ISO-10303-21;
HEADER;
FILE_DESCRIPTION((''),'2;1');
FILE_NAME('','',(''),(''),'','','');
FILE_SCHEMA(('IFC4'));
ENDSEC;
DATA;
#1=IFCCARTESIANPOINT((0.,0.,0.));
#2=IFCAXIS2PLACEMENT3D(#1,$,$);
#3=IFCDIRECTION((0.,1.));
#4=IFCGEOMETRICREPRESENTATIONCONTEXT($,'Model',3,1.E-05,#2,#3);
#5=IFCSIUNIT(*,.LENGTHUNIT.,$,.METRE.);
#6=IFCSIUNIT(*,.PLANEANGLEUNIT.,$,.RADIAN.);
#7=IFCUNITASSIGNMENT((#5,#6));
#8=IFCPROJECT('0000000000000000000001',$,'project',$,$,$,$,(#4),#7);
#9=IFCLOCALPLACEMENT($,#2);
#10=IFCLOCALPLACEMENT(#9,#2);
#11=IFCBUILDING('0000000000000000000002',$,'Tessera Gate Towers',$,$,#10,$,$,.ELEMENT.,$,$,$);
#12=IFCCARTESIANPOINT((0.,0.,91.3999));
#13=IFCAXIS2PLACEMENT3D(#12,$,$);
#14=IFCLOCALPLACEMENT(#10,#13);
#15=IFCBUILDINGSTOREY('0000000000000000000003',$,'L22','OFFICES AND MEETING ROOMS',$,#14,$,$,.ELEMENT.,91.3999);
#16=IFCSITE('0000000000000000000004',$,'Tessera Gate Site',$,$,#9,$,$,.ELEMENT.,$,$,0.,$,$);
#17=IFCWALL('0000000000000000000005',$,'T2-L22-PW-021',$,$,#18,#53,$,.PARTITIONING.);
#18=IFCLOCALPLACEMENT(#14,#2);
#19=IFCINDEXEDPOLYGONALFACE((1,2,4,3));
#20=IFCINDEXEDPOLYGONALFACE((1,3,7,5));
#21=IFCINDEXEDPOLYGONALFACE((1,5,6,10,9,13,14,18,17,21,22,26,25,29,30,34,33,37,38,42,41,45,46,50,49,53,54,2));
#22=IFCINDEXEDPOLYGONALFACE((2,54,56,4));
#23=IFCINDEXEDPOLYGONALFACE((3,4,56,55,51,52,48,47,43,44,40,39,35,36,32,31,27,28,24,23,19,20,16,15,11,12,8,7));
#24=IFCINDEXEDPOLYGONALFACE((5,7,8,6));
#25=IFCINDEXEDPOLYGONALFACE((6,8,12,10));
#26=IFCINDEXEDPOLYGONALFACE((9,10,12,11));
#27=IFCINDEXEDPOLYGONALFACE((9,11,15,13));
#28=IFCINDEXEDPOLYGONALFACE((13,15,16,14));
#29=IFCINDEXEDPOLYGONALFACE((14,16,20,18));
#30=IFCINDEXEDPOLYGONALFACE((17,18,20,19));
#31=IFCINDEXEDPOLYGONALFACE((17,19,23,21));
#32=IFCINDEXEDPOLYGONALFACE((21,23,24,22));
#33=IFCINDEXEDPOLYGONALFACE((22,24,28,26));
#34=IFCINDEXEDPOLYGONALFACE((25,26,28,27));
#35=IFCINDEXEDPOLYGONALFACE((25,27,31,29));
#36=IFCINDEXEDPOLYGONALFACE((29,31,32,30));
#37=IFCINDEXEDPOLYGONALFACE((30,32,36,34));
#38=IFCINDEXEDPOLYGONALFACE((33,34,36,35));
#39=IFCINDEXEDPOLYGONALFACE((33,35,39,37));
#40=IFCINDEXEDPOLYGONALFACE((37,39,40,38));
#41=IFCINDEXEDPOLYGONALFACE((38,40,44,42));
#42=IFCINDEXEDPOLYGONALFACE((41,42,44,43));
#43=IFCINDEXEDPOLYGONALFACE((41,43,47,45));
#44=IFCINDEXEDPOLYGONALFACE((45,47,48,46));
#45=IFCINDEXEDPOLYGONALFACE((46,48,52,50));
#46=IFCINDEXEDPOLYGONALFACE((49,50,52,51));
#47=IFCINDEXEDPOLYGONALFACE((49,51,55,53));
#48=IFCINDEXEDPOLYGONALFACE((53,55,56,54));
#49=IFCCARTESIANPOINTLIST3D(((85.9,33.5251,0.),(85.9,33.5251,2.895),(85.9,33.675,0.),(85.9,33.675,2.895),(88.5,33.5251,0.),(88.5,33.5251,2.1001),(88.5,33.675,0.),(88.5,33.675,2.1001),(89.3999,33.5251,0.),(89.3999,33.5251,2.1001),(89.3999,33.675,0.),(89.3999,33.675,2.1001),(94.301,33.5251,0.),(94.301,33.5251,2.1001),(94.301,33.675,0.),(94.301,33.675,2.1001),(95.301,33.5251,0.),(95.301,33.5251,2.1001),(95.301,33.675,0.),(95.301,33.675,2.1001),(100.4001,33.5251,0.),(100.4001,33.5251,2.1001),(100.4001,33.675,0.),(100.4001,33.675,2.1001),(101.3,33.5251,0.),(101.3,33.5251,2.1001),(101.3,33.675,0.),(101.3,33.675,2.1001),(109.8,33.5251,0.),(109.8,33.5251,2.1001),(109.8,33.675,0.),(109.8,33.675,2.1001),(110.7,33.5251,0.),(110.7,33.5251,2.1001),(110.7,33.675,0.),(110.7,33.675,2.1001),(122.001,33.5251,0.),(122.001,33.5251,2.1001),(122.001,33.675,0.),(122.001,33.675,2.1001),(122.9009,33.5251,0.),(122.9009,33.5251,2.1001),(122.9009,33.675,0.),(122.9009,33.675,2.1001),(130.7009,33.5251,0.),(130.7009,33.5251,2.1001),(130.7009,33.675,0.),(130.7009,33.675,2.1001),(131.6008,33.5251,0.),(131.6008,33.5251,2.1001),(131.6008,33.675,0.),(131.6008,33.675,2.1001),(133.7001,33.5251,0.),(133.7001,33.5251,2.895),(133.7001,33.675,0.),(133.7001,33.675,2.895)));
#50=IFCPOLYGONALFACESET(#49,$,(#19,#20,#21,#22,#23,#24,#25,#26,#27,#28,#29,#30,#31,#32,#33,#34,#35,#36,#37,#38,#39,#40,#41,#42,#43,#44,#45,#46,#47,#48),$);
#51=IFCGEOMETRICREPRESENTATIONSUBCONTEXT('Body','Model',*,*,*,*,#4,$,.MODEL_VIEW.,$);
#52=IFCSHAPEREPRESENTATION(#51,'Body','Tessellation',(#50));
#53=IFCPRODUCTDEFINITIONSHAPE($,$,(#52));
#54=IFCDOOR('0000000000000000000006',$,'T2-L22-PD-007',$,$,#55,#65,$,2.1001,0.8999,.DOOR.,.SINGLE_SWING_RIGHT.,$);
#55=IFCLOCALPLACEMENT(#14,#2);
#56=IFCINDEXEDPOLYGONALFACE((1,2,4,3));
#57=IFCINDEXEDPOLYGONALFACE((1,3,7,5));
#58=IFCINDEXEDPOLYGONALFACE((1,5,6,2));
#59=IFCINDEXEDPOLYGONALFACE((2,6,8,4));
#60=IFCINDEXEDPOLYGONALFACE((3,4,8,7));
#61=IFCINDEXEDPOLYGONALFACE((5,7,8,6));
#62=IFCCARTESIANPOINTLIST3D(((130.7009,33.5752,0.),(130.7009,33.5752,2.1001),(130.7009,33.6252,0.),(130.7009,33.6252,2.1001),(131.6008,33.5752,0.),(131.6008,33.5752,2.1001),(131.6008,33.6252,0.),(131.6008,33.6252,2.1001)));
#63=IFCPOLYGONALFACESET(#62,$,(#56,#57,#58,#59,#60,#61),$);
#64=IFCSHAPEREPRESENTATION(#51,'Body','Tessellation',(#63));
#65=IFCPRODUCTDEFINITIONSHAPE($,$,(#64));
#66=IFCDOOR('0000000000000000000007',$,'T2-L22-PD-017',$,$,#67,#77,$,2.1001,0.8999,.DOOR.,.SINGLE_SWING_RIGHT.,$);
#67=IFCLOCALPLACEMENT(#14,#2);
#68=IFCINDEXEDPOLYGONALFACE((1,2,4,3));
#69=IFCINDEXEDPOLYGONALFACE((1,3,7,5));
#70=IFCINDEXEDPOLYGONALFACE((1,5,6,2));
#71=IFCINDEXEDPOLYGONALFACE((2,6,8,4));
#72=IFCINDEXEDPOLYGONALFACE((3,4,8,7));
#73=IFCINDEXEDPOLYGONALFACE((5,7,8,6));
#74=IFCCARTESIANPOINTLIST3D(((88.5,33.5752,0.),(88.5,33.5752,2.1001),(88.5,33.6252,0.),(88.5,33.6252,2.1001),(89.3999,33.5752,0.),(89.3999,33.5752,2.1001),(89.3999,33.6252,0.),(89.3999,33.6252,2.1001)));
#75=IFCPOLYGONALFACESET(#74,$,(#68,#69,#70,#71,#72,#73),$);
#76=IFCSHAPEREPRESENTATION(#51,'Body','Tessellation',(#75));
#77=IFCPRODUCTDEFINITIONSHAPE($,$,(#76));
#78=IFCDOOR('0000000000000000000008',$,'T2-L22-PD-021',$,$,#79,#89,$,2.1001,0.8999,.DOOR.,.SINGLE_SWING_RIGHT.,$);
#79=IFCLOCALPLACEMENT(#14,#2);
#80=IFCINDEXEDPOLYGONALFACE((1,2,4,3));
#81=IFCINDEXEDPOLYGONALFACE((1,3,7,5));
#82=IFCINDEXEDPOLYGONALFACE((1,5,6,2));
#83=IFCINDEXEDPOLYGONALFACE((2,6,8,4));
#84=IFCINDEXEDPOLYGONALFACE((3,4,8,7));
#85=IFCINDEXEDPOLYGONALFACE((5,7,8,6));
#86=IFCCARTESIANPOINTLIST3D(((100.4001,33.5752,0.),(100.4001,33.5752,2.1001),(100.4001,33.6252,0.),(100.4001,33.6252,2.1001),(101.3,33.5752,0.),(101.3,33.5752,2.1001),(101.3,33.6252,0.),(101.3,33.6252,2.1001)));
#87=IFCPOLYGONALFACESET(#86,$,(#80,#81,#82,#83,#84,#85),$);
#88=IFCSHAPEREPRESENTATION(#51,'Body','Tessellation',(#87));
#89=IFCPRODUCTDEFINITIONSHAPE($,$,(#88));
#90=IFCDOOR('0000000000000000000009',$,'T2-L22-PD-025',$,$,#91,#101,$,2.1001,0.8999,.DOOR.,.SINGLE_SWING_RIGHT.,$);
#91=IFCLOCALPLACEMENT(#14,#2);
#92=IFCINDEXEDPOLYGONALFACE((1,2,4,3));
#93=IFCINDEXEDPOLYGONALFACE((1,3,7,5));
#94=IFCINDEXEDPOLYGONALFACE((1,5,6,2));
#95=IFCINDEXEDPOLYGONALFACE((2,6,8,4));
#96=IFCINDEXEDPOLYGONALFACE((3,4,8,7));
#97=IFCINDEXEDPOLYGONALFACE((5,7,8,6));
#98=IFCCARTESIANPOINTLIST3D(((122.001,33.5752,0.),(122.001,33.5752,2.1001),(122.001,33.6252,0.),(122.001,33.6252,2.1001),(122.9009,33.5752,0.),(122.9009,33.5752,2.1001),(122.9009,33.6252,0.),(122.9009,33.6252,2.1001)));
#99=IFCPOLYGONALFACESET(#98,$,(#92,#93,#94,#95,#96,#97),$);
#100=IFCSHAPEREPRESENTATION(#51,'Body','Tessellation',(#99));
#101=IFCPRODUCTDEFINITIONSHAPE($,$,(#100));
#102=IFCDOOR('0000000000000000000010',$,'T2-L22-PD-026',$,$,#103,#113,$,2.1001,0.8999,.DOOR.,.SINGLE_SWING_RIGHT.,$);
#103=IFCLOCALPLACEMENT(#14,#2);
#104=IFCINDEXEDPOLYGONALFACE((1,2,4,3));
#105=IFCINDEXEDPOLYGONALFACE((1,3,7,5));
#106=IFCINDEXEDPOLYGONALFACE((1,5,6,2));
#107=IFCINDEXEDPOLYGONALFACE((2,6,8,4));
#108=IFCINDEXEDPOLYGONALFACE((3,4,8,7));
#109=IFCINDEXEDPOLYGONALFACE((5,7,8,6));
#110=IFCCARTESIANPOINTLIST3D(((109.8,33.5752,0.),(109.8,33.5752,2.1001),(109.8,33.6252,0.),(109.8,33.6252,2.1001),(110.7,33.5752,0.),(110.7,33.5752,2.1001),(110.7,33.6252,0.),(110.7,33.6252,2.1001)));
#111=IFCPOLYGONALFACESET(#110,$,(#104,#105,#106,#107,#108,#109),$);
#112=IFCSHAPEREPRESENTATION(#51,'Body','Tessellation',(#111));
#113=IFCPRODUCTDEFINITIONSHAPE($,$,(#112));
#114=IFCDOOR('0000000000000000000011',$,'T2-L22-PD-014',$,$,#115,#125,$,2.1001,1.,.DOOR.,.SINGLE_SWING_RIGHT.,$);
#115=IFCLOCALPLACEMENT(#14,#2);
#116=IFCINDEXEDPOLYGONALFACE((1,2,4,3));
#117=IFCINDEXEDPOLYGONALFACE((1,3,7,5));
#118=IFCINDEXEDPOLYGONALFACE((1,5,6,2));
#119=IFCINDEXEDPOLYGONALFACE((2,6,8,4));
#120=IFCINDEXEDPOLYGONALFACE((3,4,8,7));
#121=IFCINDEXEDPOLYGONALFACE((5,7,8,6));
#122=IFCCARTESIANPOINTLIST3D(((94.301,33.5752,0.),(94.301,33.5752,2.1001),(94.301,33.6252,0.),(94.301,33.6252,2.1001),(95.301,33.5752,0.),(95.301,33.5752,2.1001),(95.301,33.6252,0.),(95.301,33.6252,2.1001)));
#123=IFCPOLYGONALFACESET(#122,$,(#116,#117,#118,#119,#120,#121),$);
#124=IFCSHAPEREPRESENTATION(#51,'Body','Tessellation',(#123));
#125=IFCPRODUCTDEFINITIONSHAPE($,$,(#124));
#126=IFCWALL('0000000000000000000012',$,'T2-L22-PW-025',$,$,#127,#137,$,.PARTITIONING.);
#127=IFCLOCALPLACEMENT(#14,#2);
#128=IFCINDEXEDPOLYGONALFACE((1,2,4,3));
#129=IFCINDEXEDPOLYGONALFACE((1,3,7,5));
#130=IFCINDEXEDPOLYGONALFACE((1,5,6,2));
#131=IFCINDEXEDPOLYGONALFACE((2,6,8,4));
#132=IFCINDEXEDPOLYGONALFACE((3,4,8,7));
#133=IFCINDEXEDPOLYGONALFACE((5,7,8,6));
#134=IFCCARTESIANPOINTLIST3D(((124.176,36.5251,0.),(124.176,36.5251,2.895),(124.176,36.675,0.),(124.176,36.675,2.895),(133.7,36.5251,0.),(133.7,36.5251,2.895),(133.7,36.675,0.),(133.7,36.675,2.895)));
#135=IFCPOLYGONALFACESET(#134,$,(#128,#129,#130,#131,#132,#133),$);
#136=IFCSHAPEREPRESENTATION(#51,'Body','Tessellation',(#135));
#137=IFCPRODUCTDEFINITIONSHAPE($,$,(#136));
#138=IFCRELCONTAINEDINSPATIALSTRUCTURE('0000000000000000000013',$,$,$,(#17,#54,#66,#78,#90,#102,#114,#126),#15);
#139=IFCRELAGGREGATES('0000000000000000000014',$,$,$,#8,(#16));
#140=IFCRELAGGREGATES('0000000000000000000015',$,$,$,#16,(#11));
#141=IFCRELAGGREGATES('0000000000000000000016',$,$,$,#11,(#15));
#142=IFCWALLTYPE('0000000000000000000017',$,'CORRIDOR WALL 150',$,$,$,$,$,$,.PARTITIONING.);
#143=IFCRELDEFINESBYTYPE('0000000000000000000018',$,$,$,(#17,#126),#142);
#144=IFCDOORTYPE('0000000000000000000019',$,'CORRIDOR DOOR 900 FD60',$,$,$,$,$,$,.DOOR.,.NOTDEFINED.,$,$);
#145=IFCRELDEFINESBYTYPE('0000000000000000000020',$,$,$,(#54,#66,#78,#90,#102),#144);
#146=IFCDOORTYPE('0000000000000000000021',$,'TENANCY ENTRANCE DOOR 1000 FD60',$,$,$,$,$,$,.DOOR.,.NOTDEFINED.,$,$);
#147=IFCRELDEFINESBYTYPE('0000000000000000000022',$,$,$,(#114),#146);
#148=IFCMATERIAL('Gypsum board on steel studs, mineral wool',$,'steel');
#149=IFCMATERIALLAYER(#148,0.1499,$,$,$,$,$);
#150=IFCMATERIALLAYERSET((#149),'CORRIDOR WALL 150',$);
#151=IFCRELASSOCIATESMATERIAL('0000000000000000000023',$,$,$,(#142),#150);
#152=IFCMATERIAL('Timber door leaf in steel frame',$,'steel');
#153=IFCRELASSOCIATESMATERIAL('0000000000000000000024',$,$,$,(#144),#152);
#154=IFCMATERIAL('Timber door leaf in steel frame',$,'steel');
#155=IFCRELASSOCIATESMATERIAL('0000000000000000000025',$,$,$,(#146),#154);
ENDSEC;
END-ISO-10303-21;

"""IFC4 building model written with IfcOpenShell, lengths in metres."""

from ifc_helpers import new_model, si_unit, direction, frame, frame_2d, origin, place, context, subcontext, project, spatial, rectangle, extrude, source, transform, mapped, material, layer, layer_set, type_object, element, fill, save


model = new_model("IFC4")

# Units and contexts
model_context = context("Model", 3, precision=1e-05, world=origin(), true_north=direction((0.0, 1.0)))
body_context = subcontext(model_context, "Body", "Model", "MODEL_VIEW")
ifc_project = project(units=[si_unit("LENGTHUNIT", "METRE"), si_unit("PLANEANGLEUNIT", "RADIAN")], contexts=[model_context])

# Site, building, storey
site_placement = place(None, origin())
site = spatial("IfcSite", under=ifc_project, at=site_placement, Name="Tessera Gate Site", CompositionType="ELEMENT", RefElevation=0.0)
building_placement = place(site_placement, origin())
building = spatial("IfcBuilding", under=site, at=building_placement, Name="Tessera Gate Towers", CompositionType="ELEMENT")
storey_placement = place(building_placement, frame((0.0, 0.0, 91.3999)))
storey = spatial("IfcBuildingStorey", under=building, at=storey_placement, Name="L22", Description="OFFICES AND MEETING ROOMS", CompositionType="ELEMENT", Elevation=91.3999)

# Wall, openings, doors
ifc_material_1 = material(Name="Gypsum board on steel studs, mineral wool", Category="steel")
ifc_layer_1 = layer(ifc_material_1, 0.1499)
ifc_layer_set_1 = layer_set([ifc_layer_1], Name="CORRIDOR WALL 150")
wall_type_1 = type_object("IfcWallType", Name="CORRIDOR WALL 150", PredefinedType="PARTITIONING", material=ifc_layer_set_1)
wall_1_placement = place(storey_placement, frame((133.7, 33.6001, 0.0), z_axis=(0.0, 0.0, 1.0), x_axis=(-1.0, 0.0, 0.0)))
wall_1 = element("IfcWall", 1, at=wall_1_placement, inside=storey, type_object=wall_type_1, Name="T2-L22-PW-021", PredefinedType="PARTITIONING", context=body_context, shape_type="SweptSolid", body=[
    extrude(rectangle(XDim=47.8, YDim=0.1499, at=frame_2d((23.8999, 0.0))), origin(), (0.0, 0.0, 1.0), 2.895),
])
shared_shape_1 = source(origin(), body_context, "Body", "SweptSolid", [
    extrude(rectangle(XDim=0.8999, YDim=2.1001, at=frame_2d((0.45, 1.05))), frame((0.0, 0.085, 0.0), z_axis=(0.0, -1.0, 0.0), x_axis=(1.0, 0.0, 0.0)), (0.0, 0.0, 1.0), 0.1699),
])
opening_1_placement = place(wall_1_placement, frame((2.0991, 0.0, 0.0)))
opening_1 = element("IfcOpeningElement", 2, at=opening_1_placement, cuts=wall_1, PredefinedType="OPENING", context=body_context, shape_type="MappedRepresentation", body=[
    mapped(shared_shape_1, transform((0.0, 0.0, 0.0), scale=1.0)),
])
shared_shape_2 = source(origin(), body_context, "Body", "SweptSolid", [
    extrude(rectangle(XDim=1.0, YDim=2.1001, at=frame_2d((0.5, 1.05))), frame((0.0, 0.085, 0.0), z_axis=(0.0, -1.0, 0.0), x_axis=(1.0, 0.0, 0.0)), (0.0, 0.0, 1.0), 0.1699),
])
opening_2_placement = place(wall_1_placement, frame((38.3989, 0.0, 0.0)))
opening_2 = element("IfcOpeningElement", 3, at=opening_2_placement, cuts=wall_1, PredefinedType="OPENING", context=body_context, shape_type="MappedRepresentation", body=[
    mapped(shared_shape_2, transform((0.0, 0.0, 0.0), scale=1.0)),
])
opening_3_placement = place(wall_1_placement, frame((44.3, 0.0, 0.0)))
opening_3 = element("IfcOpeningElement", 4, at=opening_3_placement, cuts=wall_1, PredefinedType="OPENING", context=body_context, shape_type="MappedRepresentation", body=[
    mapped(shared_shape_1, transform((0.0, 0.0, 0.0), scale=1.0)),
])
opening_4_placement = place(wall_1_placement, frame((32.3999, 0.0, 0.0)))
opening_4 = element("IfcOpeningElement", 5, at=opening_4_placement, cuts=wall_1, PredefinedType="OPENING", context=body_context, shape_type="MappedRepresentation", body=[
    mapped(shared_shape_1, transform((0.0, 0.0, 0.0), scale=1.0)),
])
opening_5_placement = place(wall_1_placement, frame((10.7991, 0.0, 0.0)))
opening_5 = element("IfcOpeningElement", 6, at=opening_5_placement, cuts=wall_1, PredefinedType="OPENING", context=body_context, shape_type="MappedRepresentation", body=[
    mapped(shared_shape_1, transform((0.0, 0.0, 0.0), scale=1.0)),
])
opening_6_placement = place(wall_1_placement, frame((23.0, 0.0, 0.0)))
opening_6 = element("IfcOpeningElement", 7, at=opening_6_placement, cuts=wall_1, PredefinedType="OPENING", context=body_context, shape_type="MappedRepresentation", body=[
    mapped(shared_shape_1, transform((0.0, 0.0, 0.0), scale=1.0)),
])
ifc_material_2 = material(Name="Timber door leaf in steel frame", Category="steel")
door_type_1 = type_object("IfcDoorType", Name="CORRIDOR DOOR 900 FD60", OperationType="NOTDEFINED", PredefinedType="DOOR", material=ifc_material_2)
shared_shape_3 = source(origin(), body_context, "Body", "SweptSolid", [
    extrude(rectangle(XDim=0.8999, YDim=2.1001, at=frame_2d((0.45, 1.05))), frame((0.0, 0.0249, 0.0), z_axis=(0.0, -1.0, 0.0), x_axis=(1.0, 0.0, 0.0)), (0.0, 0.0, 1.0), 0.05),
])
door_1_placement = place(opening_1_placement, origin())
door_1 = element("IfcDoor", 8, at=door_1_placement, inside=storey, type_object=door_type_1, Name="T2-L22-PD-007", OperationType="SINGLE_SWING_RIGHT", OverallHeight=2.1001, OverallWidth=0.8999, PredefinedType="DOOR", context=body_context, shape_type="MappedRepresentation", body=[
    mapped(shared_shape_3, transform((0.0, 0.0, 0.0), scale=1.0)),
])
fill(opening_1, door_1)
door_2_placement = place(opening_3_placement, origin())
door_2 = element("IfcDoor", 9, at=door_2_placement, inside=storey, type_object=door_type_1, Name="T2-L22-PD-017", OperationType="SINGLE_SWING_RIGHT", OverallHeight=2.1001, OverallWidth=0.8999, PredefinedType="DOOR", context=body_context, shape_type="MappedRepresentation", body=[
    mapped(shared_shape_3, transform((0.0, 0.0, 0.0), scale=1.0)),
])
fill(opening_3, door_2)
door_3_placement = place(opening_4_placement, origin())
door_3 = element("IfcDoor", 10, at=door_3_placement, inside=storey, type_object=door_type_1, Name="T2-L22-PD-021", OperationType="SINGLE_SWING_RIGHT", OverallHeight=2.1001, OverallWidth=0.8999, PredefinedType="DOOR", context=body_context, shape_type="MappedRepresentation", body=[
    mapped(shared_shape_3, transform((0.0, 0.0, 0.0), scale=1.0)),
])
fill(opening_4, door_3)
door_4_placement = place(opening_5_placement, origin())
door_4 = element("IfcDoor", 11, at=door_4_placement, inside=storey, type_object=door_type_1, Name="T2-L22-PD-025", OperationType="SINGLE_SWING_RIGHT", OverallHeight=2.1001, OverallWidth=0.8999, PredefinedType="DOOR", context=body_context, shape_type="MappedRepresentation", body=[
    mapped(shared_shape_3, transform((0.0, 0.0, 0.0), scale=1.0)),
])
fill(opening_5, door_4)
door_5_placement = place(opening_6_placement, origin())
door_5 = element("IfcDoor", 12, at=door_5_placement, inside=storey, type_object=door_type_1, Name="T2-L22-PD-026", OperationType="SINGLE_SWING_RIGHT", OverallHeight=2.1001, OverallWidth=0.8999, PredefinedType="DOOR", context=body_context, shape_type="MappedRepresentation", body=[
    mapped(shared_shape_3, transform((0.0, 0.0, 0.0), scale=1.0)),
])
fill(opening_6, door_5)
ifc_material_3 = material(Name="Timber door leaf in steel frame", Category="steel")
door_type_2 = type_object("IfcDoorType", Name="TENANCY ENTRANCE DOOR 1000 FD60", OperationType="NOTDEFINED", PredefinedType="DOOR", material=ifc_material_3)
shared_shape_4 = source(origin(), body_context, "Body", "SweptSolid", [
    extrude(rectangle(XDim=1.0, YDim=2.1001, at=frame_2d((0.5, 1.05))), frame((0.0, 0.0249, 0.0), z_axis=(0.0, -1.0, 0.0), x_axis=(1.0, 0.0, 0.0)), (0.0, 0.0, 1.0), 0.05),
])
door_6_placement = place(opening_2_placement, origin())
door_6 = element("IfcDoor", 13, at=door_6_placement, inside=storey, type_object=door_type_2, Name="T2-L22-PD-014", OperationType="SINGLE_SWING_RIGHT", OverallHeight=2.1001, OverallWidth=1.0, PredefinedType="DOOR", context=body_context, shape_type="MappedRepresentation", body=[
    mapped(shared_shape_4, transform((0.0, 0.0, 0.0), scale=1.0)),
])
fill(opening_2, door_6)

# Wall
wall_2_placement = place(storey_placement, frame((124.176, 36.6001, 0.0), z_axis=(0.0, 0.0, 1.0), x_axis=(1.0, 0.0, 0.0)))
element("IfcWall", 14, at=wall_2_placement, inside=storey, type_object=wall_type_1, Name="T2-L22-PW-025", PredefinedType="PARTITIONING", context=body_context, shape_type="SweptSolid", body=[
    extrude(rectangle(XDim=9.5239, YDim=0.1499, at=frame_2d((4.762, 0.0))), origin(), (0.0, 0.0, 1.0), 2.895),
])

save(model, "model.ifc")
